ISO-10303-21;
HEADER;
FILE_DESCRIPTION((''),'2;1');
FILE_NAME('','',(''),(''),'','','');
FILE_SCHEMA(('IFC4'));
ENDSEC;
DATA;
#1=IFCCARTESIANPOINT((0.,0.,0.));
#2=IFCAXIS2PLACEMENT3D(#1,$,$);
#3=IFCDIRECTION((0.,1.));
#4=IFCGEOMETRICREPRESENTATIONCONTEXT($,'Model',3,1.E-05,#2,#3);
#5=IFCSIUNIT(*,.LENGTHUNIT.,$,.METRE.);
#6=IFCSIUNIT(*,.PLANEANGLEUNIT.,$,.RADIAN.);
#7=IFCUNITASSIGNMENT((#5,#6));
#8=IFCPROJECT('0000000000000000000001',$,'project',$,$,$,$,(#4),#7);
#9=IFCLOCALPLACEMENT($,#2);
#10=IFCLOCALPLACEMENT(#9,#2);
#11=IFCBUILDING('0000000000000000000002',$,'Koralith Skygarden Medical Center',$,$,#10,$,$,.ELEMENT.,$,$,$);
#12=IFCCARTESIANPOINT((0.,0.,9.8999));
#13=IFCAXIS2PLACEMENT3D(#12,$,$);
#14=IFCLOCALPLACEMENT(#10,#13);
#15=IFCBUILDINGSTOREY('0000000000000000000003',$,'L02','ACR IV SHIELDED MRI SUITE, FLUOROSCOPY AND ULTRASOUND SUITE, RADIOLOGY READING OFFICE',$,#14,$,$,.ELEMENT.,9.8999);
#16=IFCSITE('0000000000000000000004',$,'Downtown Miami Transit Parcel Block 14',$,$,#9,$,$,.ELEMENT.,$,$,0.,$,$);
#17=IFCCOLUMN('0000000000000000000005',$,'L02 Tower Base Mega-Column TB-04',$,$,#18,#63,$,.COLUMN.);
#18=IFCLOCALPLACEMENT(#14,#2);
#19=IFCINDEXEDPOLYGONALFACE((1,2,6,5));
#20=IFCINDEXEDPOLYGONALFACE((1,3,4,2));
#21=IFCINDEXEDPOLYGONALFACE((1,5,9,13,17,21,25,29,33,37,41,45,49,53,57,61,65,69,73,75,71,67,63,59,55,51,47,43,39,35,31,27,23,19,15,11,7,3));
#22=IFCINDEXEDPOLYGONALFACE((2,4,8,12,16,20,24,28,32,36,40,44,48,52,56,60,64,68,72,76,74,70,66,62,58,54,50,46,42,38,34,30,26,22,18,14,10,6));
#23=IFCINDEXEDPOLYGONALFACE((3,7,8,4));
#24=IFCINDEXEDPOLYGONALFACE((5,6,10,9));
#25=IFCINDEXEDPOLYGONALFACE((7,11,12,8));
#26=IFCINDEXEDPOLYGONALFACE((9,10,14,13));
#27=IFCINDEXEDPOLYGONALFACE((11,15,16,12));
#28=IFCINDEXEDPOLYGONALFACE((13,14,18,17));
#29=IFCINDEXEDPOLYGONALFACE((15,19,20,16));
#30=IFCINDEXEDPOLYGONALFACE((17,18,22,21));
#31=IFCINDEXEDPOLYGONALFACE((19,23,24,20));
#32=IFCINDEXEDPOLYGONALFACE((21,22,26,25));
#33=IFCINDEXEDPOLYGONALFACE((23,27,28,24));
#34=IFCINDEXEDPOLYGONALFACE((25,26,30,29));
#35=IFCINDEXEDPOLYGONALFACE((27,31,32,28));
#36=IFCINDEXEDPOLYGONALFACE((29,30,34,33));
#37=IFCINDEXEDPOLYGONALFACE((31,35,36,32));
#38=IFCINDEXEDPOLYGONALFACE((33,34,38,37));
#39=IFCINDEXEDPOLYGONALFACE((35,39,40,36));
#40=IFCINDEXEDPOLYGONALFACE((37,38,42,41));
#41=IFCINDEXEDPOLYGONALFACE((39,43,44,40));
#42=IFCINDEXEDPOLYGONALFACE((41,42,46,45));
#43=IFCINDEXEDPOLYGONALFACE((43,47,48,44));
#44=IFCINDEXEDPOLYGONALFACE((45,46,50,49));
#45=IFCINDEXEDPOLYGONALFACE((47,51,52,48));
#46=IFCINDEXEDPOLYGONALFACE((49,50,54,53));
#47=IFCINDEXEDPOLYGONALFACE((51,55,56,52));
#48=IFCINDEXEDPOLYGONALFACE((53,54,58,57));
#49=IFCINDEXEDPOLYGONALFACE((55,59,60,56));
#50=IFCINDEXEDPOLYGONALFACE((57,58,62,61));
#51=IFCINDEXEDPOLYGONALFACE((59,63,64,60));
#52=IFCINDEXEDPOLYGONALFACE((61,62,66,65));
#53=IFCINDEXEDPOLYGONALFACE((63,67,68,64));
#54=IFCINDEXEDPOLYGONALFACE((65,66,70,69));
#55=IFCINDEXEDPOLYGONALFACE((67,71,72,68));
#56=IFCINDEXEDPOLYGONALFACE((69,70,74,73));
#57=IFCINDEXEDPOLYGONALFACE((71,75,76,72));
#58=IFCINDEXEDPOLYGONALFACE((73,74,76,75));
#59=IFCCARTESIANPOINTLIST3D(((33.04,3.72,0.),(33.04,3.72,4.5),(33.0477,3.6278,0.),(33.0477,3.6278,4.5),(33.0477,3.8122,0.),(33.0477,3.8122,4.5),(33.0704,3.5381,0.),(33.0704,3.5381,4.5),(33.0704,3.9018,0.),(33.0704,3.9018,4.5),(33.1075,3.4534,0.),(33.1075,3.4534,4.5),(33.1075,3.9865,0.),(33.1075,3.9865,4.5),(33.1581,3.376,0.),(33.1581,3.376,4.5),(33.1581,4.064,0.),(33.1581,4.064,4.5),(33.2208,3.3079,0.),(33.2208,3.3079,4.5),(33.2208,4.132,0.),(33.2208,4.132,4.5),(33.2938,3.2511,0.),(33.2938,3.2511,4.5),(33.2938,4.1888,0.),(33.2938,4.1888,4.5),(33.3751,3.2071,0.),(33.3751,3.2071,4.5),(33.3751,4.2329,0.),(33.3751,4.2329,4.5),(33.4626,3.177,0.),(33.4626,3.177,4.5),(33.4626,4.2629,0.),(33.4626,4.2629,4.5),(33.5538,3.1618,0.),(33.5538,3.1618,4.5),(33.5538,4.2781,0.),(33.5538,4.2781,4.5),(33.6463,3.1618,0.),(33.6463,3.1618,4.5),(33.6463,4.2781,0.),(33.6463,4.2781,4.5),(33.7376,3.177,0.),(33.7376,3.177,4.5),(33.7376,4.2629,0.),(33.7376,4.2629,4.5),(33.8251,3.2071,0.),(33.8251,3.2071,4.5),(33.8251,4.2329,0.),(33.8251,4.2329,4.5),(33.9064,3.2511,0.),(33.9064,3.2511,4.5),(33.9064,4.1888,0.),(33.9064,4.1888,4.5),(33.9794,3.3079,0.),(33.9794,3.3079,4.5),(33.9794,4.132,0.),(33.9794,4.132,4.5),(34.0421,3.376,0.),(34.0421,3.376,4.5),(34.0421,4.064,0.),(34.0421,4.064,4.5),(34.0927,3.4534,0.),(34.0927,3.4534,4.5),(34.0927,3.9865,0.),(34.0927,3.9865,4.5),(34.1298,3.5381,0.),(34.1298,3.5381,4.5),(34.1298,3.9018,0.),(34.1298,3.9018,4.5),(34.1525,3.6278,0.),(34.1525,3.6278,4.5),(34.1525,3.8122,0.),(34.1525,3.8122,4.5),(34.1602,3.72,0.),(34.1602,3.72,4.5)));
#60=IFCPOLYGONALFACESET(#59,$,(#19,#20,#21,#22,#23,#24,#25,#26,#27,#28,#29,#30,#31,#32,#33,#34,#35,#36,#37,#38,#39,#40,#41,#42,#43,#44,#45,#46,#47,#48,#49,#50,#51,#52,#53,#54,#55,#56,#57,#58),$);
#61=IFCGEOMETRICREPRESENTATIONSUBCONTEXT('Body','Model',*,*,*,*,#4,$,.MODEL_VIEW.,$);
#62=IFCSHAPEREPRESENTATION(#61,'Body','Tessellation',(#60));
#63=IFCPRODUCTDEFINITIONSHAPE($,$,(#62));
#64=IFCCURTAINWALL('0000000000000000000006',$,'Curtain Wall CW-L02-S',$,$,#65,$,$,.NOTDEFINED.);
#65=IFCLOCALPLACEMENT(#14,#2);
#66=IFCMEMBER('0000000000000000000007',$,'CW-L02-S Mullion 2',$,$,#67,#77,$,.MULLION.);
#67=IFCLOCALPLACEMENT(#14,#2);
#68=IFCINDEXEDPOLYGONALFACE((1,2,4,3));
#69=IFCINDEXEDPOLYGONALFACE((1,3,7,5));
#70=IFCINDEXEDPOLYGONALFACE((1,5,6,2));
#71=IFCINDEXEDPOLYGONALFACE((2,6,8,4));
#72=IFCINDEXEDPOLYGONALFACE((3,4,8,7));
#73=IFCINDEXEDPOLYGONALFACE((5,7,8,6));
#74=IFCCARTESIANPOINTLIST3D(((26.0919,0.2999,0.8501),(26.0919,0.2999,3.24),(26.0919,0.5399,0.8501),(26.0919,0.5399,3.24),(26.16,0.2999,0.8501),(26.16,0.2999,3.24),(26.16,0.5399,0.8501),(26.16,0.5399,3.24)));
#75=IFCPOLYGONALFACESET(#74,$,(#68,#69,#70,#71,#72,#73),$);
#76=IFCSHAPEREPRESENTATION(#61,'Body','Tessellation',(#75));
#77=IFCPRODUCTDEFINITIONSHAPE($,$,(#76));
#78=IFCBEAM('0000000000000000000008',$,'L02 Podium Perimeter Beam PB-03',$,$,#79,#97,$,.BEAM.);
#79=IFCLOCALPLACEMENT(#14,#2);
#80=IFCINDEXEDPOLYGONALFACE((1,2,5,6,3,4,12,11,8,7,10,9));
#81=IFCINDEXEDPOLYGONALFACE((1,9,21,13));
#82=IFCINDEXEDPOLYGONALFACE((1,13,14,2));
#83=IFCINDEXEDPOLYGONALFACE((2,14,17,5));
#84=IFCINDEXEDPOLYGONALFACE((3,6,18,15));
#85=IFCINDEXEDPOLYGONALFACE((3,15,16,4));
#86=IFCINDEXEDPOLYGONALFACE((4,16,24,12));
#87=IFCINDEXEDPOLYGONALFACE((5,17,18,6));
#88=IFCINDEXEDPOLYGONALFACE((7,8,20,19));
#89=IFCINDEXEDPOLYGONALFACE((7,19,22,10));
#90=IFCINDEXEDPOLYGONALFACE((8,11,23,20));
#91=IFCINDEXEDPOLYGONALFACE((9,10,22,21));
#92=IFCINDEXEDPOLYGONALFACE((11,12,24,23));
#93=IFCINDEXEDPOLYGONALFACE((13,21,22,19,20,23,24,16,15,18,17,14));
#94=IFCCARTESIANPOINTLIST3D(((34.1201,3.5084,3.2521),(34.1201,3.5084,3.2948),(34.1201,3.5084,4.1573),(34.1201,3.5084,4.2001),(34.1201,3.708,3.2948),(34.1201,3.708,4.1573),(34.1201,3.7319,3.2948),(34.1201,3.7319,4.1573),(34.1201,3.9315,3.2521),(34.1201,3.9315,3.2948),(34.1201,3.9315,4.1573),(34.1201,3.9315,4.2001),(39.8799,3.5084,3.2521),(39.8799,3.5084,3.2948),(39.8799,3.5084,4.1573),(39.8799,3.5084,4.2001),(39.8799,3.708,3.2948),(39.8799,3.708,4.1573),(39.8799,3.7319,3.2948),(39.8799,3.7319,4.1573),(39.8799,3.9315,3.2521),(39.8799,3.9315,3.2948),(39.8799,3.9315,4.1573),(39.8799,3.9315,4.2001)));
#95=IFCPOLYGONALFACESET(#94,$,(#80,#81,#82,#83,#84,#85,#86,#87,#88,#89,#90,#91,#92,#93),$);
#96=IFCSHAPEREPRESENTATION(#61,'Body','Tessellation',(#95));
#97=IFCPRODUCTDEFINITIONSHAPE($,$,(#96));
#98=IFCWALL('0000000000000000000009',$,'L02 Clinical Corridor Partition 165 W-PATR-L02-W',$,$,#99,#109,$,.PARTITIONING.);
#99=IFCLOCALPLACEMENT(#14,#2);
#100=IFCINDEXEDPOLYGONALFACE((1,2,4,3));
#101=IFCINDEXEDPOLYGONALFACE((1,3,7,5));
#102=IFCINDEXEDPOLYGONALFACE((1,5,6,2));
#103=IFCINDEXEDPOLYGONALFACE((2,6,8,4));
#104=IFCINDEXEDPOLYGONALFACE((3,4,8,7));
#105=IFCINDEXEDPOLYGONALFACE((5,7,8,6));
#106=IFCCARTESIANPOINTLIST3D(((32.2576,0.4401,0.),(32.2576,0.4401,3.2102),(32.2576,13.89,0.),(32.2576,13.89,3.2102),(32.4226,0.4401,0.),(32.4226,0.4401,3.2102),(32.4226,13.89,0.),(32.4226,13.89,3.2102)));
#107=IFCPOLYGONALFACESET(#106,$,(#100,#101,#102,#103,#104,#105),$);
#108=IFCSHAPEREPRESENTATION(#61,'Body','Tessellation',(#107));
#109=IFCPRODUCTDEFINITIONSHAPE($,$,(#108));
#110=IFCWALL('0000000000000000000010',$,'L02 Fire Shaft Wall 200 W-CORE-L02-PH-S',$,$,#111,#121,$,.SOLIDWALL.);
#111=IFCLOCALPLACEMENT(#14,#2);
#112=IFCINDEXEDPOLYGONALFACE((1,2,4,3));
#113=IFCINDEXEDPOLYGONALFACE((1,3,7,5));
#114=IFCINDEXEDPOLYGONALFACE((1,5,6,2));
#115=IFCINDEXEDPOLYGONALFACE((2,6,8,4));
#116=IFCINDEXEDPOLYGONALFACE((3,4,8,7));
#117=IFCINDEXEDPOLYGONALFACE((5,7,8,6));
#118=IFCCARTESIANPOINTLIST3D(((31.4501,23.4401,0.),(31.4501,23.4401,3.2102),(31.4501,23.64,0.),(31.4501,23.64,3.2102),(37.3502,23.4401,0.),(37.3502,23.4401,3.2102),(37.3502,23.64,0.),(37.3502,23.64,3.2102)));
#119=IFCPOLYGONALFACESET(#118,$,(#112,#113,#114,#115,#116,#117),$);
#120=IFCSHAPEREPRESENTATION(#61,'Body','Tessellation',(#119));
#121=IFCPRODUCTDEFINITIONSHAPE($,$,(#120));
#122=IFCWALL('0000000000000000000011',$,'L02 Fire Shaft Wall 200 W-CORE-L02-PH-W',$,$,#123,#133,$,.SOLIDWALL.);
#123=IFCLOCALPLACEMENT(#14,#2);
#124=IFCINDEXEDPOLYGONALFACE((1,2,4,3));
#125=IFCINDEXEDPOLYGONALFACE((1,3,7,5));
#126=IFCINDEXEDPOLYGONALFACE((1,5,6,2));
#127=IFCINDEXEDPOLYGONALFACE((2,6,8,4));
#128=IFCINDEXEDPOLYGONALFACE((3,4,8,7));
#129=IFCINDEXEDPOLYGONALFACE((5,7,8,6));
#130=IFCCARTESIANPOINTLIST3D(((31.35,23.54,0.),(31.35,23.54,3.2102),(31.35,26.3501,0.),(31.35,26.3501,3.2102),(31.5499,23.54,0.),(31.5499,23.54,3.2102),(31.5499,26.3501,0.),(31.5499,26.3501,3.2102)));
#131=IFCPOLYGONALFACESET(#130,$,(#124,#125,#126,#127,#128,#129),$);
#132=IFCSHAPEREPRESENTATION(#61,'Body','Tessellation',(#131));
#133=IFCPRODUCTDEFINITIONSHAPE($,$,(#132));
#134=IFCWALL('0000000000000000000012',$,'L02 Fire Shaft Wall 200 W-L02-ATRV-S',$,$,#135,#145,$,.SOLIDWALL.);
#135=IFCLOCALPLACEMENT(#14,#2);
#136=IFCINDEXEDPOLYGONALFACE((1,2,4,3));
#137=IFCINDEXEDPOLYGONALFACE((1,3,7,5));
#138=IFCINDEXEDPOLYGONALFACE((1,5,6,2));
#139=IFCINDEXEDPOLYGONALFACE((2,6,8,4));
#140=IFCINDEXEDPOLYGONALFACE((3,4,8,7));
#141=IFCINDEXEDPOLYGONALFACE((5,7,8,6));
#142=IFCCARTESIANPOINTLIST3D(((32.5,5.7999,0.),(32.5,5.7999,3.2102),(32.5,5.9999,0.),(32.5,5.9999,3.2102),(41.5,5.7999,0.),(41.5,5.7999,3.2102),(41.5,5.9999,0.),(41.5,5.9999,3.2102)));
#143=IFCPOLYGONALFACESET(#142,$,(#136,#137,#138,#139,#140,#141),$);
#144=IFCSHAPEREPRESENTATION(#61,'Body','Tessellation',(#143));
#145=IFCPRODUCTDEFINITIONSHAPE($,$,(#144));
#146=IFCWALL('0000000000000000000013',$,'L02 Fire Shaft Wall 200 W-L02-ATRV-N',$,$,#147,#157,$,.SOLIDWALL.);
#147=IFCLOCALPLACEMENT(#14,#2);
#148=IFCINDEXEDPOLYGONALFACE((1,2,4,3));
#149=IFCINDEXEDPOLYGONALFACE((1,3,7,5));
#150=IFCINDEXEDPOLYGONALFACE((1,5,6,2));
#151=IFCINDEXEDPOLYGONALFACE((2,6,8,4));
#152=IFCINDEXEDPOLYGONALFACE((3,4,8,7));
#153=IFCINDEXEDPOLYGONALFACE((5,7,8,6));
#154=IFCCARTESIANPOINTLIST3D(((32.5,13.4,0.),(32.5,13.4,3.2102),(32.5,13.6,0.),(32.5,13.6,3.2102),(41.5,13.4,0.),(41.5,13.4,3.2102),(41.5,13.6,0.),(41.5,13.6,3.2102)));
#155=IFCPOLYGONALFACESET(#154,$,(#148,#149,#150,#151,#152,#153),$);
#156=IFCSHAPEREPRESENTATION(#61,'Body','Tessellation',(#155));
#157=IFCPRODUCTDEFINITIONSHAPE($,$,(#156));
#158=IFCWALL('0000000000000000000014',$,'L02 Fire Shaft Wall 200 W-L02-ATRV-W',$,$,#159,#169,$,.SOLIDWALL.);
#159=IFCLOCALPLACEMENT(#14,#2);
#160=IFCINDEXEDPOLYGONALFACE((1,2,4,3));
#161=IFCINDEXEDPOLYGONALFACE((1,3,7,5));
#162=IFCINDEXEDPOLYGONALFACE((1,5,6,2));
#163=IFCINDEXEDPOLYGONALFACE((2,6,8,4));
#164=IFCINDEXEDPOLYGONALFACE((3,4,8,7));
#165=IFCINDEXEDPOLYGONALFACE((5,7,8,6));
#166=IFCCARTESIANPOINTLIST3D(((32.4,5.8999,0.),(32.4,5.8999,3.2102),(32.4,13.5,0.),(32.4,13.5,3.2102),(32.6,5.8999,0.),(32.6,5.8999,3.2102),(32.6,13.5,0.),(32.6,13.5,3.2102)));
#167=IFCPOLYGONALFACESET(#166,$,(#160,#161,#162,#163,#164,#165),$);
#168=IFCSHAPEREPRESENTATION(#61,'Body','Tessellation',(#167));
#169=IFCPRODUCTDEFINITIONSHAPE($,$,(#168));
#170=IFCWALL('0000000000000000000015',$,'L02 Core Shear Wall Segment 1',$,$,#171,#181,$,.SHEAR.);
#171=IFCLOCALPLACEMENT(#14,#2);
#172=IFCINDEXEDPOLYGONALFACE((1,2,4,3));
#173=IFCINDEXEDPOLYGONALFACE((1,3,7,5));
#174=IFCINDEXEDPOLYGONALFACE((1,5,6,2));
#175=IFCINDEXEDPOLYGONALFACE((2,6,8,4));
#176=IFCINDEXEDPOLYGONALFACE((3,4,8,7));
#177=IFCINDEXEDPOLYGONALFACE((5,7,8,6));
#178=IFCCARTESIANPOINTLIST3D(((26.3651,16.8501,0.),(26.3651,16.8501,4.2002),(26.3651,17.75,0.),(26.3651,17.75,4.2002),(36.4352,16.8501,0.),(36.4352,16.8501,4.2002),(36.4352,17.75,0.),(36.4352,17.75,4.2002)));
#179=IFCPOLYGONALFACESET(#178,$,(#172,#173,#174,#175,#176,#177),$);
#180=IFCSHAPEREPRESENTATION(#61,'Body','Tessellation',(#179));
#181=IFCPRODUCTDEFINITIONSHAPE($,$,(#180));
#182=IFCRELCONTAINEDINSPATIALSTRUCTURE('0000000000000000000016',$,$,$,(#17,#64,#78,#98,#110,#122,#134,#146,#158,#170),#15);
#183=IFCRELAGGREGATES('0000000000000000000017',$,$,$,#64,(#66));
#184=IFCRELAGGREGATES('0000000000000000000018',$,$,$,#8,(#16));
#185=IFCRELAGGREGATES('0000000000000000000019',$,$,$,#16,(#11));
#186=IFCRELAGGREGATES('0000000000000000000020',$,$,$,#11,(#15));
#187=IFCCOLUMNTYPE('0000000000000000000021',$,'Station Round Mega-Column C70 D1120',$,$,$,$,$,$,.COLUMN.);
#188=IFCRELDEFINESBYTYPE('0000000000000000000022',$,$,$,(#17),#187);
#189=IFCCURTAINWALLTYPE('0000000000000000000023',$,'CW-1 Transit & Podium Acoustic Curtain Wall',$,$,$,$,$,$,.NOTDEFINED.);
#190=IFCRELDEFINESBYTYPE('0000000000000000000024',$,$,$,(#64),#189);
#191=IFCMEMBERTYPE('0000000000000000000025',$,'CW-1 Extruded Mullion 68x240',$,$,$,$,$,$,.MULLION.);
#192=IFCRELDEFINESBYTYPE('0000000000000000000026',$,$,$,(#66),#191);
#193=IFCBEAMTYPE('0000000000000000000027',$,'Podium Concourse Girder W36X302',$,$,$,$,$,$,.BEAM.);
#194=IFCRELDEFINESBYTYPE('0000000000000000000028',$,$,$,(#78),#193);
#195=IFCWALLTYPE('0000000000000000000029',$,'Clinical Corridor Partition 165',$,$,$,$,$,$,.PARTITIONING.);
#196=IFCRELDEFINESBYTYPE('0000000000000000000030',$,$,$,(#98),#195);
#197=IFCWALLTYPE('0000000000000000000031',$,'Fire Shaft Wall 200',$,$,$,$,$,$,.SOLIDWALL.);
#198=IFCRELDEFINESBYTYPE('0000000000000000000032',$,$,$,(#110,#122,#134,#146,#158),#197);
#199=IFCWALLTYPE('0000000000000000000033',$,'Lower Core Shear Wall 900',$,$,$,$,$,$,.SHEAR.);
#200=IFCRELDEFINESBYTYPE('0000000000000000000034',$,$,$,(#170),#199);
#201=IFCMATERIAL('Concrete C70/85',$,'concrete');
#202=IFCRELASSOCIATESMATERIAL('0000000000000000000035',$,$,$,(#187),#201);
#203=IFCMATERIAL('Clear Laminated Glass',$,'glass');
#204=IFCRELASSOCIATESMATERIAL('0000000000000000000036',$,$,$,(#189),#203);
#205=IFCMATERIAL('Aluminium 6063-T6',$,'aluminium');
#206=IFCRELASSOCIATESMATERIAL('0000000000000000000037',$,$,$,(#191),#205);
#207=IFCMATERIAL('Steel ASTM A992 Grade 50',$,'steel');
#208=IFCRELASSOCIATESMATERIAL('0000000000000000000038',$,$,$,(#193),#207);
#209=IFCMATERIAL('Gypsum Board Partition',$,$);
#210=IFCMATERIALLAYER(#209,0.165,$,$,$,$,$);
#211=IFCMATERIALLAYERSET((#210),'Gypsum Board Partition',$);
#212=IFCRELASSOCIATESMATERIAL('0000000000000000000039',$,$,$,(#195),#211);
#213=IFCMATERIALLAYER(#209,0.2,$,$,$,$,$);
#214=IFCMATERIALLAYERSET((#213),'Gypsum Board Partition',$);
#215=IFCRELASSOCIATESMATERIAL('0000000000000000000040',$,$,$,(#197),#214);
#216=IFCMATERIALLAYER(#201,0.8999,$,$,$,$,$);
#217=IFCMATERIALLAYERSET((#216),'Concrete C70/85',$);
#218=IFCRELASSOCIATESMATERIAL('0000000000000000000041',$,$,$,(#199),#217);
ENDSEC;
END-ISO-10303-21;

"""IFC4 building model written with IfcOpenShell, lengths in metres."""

from ifc_helpers import new_model, si_unit, direction, frame, frame_2d, origin, origin_2d, place, context, subcontext, project, spatial, rectangle, circle, i_section, extrude, material, layer, layer_set, material_profile, profile_set, type_object, element, aggregate, save


model = new_model("IFC4")

# Units and contexts
model_context = context("Model", 3, precision=1e-05, world=origin(), true_north=direction((0.0, 1.0)))
body_context = subcontext(model_context, "Body", "Model", "MODEL_VIEW")
ifc_project = project(units=[si_unit("LENGTHUNIT", "METRE"), si_unit("PLANEANGLEUNIT", "RADIAN")], contexts=[model_context])

# Site, building, storey
site_placement = place(None, origin())
site = spatial("IfcSite", under=ifc_project, at=site_placement, Name="Downtown Miami Transit Parcel Block 14", CompositionType="ELEMENT", RefElevation=0.0)
building_placement = place(site_placement, origin())
building = spatial("IfcBuilding", under=site, at=building_placement, Name="Koralith Skygarden Medical Center", CompositionType="ELEMENT")
storey_placement = place(building_placement, frame((0.0, 0.0, 9.8999)))
storey = spatial("IfcBuildingStorey", under=building, at=storey_placement, Name="L02", Description="ACR IV SHIELDED MRI SUITE, FLUOROSCOPY AND ULTRASOUND SUITE, RADIOLOGY READING OFFICE", CompositionType="ELEMENT", Elevation=9.8999)

# Column
ifc_material_1 = material(Name="Concrete C70/85", Category="concrete")
ifc_material_profile_1 = material_profile(ifc_material_1, circle(Radius=0.5601, at=origin_2d()), Name="RCCOL1120")
ifc_profile_set_1 = profile_set([ifc_material_profile_1], Name="Concrete C70/85")
column_type = type_object("IfcColumnType", Name="Station Round Mega-Column C70 D1120", PredefinedType="COLUMN", material=ifc_profile_set_1)
column_placement = place(storey_placement, frame((33.6001, 3.72, 0.0), z_axis=(0.0, 0.0, 1.0), x_axis=(1.0, 0.0, 0.0)))
element("IfcColumn", 1, at=column_placement, inside=storey, type_object=column_type, Name="L02 Tower Base Mega-Column TB-04", PredefinedType="COLUMN", context=body_context, shape_type="SweptSolid", body=[
    extrude(circle(Radius=0.5601, at=origin_2d()), origin(), (0.0, 0.0, 1.0), 4.5),
])

# Curtain wall, member
ifc_material_2 = material(Name="Clear Laminated Glass", Category="glass")
curtain_wall_type = type_object("IfcCurtainWallType", Name="CW-1 Transit & Podium Acoustic Curtain Wall", PredefinedType="NOTDEFINED", material=ifc_material_2)
curtain_wall_placement = place(storey_placement, origin())
curtain_wall = element("IfcCurtainWall", 2, at=curtain_wall_placement, inside=storey, type_object=curtain_wall_type, Name="Curtain Wall CW-L02-S", PredefinedType="NOTDEFINED")
ifc_material_3 = material(Name="Aluminium 6063-T6", Category="aluminium")
ifc_material_profile_2 = material_profile(ifc_material_3, rectangle(XDim=0.0681, YDim=0.24, at=origin_2d()), Name="MUL68X240")
ifc_profile_set_2 = profile_set([ifc_material_profile_2], Name="Aluminium 6063-T6")
member_type = type_object("IfcMemberType", Name="CW-1 Extruded Mullion 68x240", PredefinedType="MULLION", material=ifc_profile_set_2)
member_placement = place(storey_placement, frame((26.126, 0.4199, 0.8501), z_axis=(0.0, 0.0, 1.0), x_axis=(1.0, 0.0, 0.0)))
member = element("IfcMember", 3, at=member_placement, type_object=member_type, Name="CW-L02-S Mullion 2", PredefinedType="MULLION", context=body_context, shape_type="SweptSolid", body=[
    extrude(rectangle(XDim=0.0681, YDim=0.24, at=origin_2d()), origin(), (0.0, 0.0, 1.0), 2.3899),
])
aggregate(curtain_wall, [member])

# Beam
ifc_material_4 = material(Name="Steel ASTM A992 Grade 50", Category="steel")
ifc_material_profile_3 = material_profile(ifc_material_4, i_section(OverallWidth=0.4231, OverallDepth=0.948, WebThickness=0.0239, FlangeThickness=0.0427, at=origin_2d()), Name="W36X302")
ifc_profile_set_3 = profile_set([ifc_material_profile_3], Name="Steel ASTM A992 Grade 50")
beam_type = type_object("IfcBeamType", Name="Podium Concourse Girder W36X302", PredefinedType="BEAM", material=ifc_profile_set_3)
beam_placement = place(storey_placement, frame((34.1201, 3.72, 3.7261), z_axis=(1.0, 0.0, 0.0), x_axis=(0.0, 1.0, 0.0)))
element("IfcBeam", 4, at=beam_placement, inside=storey, type_object=beam_type, Name="L02 Podium Perimeter Beam PB-03", PredefinedType="BEAM", context=body_context, shape_type="SweptSolid", body=[
    extrude(i_section(OverallWidth=0.4231, OverallDepth=0.948, WebThickness=0.0239, FlangeThickness=0.0427, at=origin_2d()), origin(), (0.0, 0.0, 1.0), 5.7598),
])

# Wall
ifc_material_5 = material(Name="Gypsum Board Partition")
ifc_layer_1 = layer(ifc_material_5, 0.165)
ifc_layer_set_1 = layer_set([ifc_layer_1], Name="Gypsum Board Partition")
wall_type_1 = type_object("IfcWallType", Name="Clinical Corridor Partition 165", PredefinedType="PARTITIONING", material=ifc_layer_set_1)
wall_1_placement = place(storey_placement, frame((32.3401, 0.4399, 0.0), z_axis=(0.0, 0.0, 1.0), x_axis=(0.0, 1.0, 0.0)))
element("IfcWall", 5, at=wall_1_placement, inside=storey, type_object=wall_type_1, Name="L02 Clinical Corridor Partition 165 W-PATR-L02-W", PredefinedType="PARTITIONING", context=body_context, shape_type="SweptSolid", body=[
    extrude(rectangle(XDim=13.45, YDim=0.165, at=frame_2d((6.7251, 0.0))), origin(), (0.0, 0.0, 1.0), 3.2102),
])

# Shared definitions
ifc_layer_2 = layer(ifc_material_5, 0.2)
ifc_layer_set_2 = layer_set([ifc_layer_2], Name="Gypsum Board Partition")
wall_type_2 = type_object("IfcWallType", Name="Fire Shaft Wall 200", PredefinedType="SOLIDWALL", material=ifc_layer_set_2)

# Walls
wall_2_placement = place(storey_placement, frame((31.45, 23.54, 0.0), z_axis=(0.0, 0.0, 1.0), x_axis=(1.0, 0.0, 0.0)))
element("IfcWall", 6, at=wall_2_placement, inside=storey, type_object=wall_type_2, Name="L02 Fire Shaft Wall 200 W-CORE-L02-PH-S", PredefinedType="SOLIDWALL", context=body_context, shape_type="SweptSolid", body=[
    extrude(rectangle(XDim=5.9001, YDim=0.2, at=frame_2d((2.9502, 0.0))), origin(), (0.0, 0.0, 1.0), 3.2102),
])
wall_3_placement = place(storey_placement, frame((31.45, 23.54, 0.0), z_axis=(0.0, 0.0, 1.0), x_axis=(0.0, 1.0, 0.0)))
element("IfcWall", 7, at=wall_3_placement, inside=storey, type_object=wall_type_2, Name="L02 Fire Shaft Wall 200 W-CORE-L02-PH-W", PredefinedType="SOLIDWALL", context=body_context, shape_type="SweptSolid", body=[
    extrude(rectangle(XDim=2.8101, YDim=0.2, at=frame_2d((1.405, 0.0))), origin(), (0.0, 0.0, 1.0), 3.2102),
])
for number, where, z_axis, x_axis, name in (
    (8, (32.5, 5.8999, 0.0), (0.0, 0.0, 1.0), (1.0, 0.0, 0.0), "L02 Fire Shaft Wall 200 W-L02-ATRV-S"),
    (9, (32.5, 13.5, 0.0), (0.0, 0.0, 1.0), (1.0, 0.0, 0.0), "L02 Fire Shaft Wall 200 W-L02-ATRV-N"),
):
    element("IfcWall", number, at=place(storey_placement, frame(where, z_axis=z_axis, x_axis=x_axis)), inside=storey, type_object=wall_type_2, Name=name, PredefinedType="SOLIDWALL", context=body_context, shape_type="SweptSolid", body=[
        extrude(rectangle(XDim=9.0, YDim=0.2, at=frame_2d((4.5, 0.0))), origin(), (0.0, 0.0, 1.0), 3.2102),
    ])
wall_4_placement = place(storey_placement, frame((32.5, 5.8999, 0.0), z_axis=(0.0, 0.0, 1.0), x_axis=(0.0, 1.0, 0.0)))
element("IfcWall", 10, at=wall_4_placement, inside=storey, type_object=wall_type_2, Name="L02 Fire Shaft Wall 200 W-L02-ATRV-W", PredefinedType="SOLIDWALL", context=body_context, shape_type="SweptSolid", body=[
    extrude(rectangle(XDim=7.6001, YDim=0.2, at=frame_2d((3.8, 0.0))), origin(), (0.0, 0.0, 1.0), 3.2102),
])
ifc_layer_3 = layer(ifc_material_1, 0.8999)
ifc_layer_set_3 = layer_set([ifc_layer_3], Name="Concrete C70/85")
wall_type_3 = type_object("IfcWallType", Name="Lower Core Shear Wall 900", PredefinedType="SHEAR", material=ifc_layer_set_3)
wall_5_placement = place(storey_placement, frame((26.365, 17.3, 0.0), z_axis=(0.0, 0.0, 1.0), x_axis=(1.0, 0.0, 0.0)))
element("IfcWall", 11, at=wall_5_placement, inside=storey, type_object=wall_type_3, Name="L02 Core Shear Wall Segment 1", PredefinedType="SHEAR", context=body_context, shape_type="SweptSolid", body=[
    extrude(rectangle(XDim=10.0701, YDim=0.8999, at=frame_2d((5.0352, 0.0))), origin(), (0.0, 0.0, 1.0), 4.2002),
])

save(model, "model.ifc")
